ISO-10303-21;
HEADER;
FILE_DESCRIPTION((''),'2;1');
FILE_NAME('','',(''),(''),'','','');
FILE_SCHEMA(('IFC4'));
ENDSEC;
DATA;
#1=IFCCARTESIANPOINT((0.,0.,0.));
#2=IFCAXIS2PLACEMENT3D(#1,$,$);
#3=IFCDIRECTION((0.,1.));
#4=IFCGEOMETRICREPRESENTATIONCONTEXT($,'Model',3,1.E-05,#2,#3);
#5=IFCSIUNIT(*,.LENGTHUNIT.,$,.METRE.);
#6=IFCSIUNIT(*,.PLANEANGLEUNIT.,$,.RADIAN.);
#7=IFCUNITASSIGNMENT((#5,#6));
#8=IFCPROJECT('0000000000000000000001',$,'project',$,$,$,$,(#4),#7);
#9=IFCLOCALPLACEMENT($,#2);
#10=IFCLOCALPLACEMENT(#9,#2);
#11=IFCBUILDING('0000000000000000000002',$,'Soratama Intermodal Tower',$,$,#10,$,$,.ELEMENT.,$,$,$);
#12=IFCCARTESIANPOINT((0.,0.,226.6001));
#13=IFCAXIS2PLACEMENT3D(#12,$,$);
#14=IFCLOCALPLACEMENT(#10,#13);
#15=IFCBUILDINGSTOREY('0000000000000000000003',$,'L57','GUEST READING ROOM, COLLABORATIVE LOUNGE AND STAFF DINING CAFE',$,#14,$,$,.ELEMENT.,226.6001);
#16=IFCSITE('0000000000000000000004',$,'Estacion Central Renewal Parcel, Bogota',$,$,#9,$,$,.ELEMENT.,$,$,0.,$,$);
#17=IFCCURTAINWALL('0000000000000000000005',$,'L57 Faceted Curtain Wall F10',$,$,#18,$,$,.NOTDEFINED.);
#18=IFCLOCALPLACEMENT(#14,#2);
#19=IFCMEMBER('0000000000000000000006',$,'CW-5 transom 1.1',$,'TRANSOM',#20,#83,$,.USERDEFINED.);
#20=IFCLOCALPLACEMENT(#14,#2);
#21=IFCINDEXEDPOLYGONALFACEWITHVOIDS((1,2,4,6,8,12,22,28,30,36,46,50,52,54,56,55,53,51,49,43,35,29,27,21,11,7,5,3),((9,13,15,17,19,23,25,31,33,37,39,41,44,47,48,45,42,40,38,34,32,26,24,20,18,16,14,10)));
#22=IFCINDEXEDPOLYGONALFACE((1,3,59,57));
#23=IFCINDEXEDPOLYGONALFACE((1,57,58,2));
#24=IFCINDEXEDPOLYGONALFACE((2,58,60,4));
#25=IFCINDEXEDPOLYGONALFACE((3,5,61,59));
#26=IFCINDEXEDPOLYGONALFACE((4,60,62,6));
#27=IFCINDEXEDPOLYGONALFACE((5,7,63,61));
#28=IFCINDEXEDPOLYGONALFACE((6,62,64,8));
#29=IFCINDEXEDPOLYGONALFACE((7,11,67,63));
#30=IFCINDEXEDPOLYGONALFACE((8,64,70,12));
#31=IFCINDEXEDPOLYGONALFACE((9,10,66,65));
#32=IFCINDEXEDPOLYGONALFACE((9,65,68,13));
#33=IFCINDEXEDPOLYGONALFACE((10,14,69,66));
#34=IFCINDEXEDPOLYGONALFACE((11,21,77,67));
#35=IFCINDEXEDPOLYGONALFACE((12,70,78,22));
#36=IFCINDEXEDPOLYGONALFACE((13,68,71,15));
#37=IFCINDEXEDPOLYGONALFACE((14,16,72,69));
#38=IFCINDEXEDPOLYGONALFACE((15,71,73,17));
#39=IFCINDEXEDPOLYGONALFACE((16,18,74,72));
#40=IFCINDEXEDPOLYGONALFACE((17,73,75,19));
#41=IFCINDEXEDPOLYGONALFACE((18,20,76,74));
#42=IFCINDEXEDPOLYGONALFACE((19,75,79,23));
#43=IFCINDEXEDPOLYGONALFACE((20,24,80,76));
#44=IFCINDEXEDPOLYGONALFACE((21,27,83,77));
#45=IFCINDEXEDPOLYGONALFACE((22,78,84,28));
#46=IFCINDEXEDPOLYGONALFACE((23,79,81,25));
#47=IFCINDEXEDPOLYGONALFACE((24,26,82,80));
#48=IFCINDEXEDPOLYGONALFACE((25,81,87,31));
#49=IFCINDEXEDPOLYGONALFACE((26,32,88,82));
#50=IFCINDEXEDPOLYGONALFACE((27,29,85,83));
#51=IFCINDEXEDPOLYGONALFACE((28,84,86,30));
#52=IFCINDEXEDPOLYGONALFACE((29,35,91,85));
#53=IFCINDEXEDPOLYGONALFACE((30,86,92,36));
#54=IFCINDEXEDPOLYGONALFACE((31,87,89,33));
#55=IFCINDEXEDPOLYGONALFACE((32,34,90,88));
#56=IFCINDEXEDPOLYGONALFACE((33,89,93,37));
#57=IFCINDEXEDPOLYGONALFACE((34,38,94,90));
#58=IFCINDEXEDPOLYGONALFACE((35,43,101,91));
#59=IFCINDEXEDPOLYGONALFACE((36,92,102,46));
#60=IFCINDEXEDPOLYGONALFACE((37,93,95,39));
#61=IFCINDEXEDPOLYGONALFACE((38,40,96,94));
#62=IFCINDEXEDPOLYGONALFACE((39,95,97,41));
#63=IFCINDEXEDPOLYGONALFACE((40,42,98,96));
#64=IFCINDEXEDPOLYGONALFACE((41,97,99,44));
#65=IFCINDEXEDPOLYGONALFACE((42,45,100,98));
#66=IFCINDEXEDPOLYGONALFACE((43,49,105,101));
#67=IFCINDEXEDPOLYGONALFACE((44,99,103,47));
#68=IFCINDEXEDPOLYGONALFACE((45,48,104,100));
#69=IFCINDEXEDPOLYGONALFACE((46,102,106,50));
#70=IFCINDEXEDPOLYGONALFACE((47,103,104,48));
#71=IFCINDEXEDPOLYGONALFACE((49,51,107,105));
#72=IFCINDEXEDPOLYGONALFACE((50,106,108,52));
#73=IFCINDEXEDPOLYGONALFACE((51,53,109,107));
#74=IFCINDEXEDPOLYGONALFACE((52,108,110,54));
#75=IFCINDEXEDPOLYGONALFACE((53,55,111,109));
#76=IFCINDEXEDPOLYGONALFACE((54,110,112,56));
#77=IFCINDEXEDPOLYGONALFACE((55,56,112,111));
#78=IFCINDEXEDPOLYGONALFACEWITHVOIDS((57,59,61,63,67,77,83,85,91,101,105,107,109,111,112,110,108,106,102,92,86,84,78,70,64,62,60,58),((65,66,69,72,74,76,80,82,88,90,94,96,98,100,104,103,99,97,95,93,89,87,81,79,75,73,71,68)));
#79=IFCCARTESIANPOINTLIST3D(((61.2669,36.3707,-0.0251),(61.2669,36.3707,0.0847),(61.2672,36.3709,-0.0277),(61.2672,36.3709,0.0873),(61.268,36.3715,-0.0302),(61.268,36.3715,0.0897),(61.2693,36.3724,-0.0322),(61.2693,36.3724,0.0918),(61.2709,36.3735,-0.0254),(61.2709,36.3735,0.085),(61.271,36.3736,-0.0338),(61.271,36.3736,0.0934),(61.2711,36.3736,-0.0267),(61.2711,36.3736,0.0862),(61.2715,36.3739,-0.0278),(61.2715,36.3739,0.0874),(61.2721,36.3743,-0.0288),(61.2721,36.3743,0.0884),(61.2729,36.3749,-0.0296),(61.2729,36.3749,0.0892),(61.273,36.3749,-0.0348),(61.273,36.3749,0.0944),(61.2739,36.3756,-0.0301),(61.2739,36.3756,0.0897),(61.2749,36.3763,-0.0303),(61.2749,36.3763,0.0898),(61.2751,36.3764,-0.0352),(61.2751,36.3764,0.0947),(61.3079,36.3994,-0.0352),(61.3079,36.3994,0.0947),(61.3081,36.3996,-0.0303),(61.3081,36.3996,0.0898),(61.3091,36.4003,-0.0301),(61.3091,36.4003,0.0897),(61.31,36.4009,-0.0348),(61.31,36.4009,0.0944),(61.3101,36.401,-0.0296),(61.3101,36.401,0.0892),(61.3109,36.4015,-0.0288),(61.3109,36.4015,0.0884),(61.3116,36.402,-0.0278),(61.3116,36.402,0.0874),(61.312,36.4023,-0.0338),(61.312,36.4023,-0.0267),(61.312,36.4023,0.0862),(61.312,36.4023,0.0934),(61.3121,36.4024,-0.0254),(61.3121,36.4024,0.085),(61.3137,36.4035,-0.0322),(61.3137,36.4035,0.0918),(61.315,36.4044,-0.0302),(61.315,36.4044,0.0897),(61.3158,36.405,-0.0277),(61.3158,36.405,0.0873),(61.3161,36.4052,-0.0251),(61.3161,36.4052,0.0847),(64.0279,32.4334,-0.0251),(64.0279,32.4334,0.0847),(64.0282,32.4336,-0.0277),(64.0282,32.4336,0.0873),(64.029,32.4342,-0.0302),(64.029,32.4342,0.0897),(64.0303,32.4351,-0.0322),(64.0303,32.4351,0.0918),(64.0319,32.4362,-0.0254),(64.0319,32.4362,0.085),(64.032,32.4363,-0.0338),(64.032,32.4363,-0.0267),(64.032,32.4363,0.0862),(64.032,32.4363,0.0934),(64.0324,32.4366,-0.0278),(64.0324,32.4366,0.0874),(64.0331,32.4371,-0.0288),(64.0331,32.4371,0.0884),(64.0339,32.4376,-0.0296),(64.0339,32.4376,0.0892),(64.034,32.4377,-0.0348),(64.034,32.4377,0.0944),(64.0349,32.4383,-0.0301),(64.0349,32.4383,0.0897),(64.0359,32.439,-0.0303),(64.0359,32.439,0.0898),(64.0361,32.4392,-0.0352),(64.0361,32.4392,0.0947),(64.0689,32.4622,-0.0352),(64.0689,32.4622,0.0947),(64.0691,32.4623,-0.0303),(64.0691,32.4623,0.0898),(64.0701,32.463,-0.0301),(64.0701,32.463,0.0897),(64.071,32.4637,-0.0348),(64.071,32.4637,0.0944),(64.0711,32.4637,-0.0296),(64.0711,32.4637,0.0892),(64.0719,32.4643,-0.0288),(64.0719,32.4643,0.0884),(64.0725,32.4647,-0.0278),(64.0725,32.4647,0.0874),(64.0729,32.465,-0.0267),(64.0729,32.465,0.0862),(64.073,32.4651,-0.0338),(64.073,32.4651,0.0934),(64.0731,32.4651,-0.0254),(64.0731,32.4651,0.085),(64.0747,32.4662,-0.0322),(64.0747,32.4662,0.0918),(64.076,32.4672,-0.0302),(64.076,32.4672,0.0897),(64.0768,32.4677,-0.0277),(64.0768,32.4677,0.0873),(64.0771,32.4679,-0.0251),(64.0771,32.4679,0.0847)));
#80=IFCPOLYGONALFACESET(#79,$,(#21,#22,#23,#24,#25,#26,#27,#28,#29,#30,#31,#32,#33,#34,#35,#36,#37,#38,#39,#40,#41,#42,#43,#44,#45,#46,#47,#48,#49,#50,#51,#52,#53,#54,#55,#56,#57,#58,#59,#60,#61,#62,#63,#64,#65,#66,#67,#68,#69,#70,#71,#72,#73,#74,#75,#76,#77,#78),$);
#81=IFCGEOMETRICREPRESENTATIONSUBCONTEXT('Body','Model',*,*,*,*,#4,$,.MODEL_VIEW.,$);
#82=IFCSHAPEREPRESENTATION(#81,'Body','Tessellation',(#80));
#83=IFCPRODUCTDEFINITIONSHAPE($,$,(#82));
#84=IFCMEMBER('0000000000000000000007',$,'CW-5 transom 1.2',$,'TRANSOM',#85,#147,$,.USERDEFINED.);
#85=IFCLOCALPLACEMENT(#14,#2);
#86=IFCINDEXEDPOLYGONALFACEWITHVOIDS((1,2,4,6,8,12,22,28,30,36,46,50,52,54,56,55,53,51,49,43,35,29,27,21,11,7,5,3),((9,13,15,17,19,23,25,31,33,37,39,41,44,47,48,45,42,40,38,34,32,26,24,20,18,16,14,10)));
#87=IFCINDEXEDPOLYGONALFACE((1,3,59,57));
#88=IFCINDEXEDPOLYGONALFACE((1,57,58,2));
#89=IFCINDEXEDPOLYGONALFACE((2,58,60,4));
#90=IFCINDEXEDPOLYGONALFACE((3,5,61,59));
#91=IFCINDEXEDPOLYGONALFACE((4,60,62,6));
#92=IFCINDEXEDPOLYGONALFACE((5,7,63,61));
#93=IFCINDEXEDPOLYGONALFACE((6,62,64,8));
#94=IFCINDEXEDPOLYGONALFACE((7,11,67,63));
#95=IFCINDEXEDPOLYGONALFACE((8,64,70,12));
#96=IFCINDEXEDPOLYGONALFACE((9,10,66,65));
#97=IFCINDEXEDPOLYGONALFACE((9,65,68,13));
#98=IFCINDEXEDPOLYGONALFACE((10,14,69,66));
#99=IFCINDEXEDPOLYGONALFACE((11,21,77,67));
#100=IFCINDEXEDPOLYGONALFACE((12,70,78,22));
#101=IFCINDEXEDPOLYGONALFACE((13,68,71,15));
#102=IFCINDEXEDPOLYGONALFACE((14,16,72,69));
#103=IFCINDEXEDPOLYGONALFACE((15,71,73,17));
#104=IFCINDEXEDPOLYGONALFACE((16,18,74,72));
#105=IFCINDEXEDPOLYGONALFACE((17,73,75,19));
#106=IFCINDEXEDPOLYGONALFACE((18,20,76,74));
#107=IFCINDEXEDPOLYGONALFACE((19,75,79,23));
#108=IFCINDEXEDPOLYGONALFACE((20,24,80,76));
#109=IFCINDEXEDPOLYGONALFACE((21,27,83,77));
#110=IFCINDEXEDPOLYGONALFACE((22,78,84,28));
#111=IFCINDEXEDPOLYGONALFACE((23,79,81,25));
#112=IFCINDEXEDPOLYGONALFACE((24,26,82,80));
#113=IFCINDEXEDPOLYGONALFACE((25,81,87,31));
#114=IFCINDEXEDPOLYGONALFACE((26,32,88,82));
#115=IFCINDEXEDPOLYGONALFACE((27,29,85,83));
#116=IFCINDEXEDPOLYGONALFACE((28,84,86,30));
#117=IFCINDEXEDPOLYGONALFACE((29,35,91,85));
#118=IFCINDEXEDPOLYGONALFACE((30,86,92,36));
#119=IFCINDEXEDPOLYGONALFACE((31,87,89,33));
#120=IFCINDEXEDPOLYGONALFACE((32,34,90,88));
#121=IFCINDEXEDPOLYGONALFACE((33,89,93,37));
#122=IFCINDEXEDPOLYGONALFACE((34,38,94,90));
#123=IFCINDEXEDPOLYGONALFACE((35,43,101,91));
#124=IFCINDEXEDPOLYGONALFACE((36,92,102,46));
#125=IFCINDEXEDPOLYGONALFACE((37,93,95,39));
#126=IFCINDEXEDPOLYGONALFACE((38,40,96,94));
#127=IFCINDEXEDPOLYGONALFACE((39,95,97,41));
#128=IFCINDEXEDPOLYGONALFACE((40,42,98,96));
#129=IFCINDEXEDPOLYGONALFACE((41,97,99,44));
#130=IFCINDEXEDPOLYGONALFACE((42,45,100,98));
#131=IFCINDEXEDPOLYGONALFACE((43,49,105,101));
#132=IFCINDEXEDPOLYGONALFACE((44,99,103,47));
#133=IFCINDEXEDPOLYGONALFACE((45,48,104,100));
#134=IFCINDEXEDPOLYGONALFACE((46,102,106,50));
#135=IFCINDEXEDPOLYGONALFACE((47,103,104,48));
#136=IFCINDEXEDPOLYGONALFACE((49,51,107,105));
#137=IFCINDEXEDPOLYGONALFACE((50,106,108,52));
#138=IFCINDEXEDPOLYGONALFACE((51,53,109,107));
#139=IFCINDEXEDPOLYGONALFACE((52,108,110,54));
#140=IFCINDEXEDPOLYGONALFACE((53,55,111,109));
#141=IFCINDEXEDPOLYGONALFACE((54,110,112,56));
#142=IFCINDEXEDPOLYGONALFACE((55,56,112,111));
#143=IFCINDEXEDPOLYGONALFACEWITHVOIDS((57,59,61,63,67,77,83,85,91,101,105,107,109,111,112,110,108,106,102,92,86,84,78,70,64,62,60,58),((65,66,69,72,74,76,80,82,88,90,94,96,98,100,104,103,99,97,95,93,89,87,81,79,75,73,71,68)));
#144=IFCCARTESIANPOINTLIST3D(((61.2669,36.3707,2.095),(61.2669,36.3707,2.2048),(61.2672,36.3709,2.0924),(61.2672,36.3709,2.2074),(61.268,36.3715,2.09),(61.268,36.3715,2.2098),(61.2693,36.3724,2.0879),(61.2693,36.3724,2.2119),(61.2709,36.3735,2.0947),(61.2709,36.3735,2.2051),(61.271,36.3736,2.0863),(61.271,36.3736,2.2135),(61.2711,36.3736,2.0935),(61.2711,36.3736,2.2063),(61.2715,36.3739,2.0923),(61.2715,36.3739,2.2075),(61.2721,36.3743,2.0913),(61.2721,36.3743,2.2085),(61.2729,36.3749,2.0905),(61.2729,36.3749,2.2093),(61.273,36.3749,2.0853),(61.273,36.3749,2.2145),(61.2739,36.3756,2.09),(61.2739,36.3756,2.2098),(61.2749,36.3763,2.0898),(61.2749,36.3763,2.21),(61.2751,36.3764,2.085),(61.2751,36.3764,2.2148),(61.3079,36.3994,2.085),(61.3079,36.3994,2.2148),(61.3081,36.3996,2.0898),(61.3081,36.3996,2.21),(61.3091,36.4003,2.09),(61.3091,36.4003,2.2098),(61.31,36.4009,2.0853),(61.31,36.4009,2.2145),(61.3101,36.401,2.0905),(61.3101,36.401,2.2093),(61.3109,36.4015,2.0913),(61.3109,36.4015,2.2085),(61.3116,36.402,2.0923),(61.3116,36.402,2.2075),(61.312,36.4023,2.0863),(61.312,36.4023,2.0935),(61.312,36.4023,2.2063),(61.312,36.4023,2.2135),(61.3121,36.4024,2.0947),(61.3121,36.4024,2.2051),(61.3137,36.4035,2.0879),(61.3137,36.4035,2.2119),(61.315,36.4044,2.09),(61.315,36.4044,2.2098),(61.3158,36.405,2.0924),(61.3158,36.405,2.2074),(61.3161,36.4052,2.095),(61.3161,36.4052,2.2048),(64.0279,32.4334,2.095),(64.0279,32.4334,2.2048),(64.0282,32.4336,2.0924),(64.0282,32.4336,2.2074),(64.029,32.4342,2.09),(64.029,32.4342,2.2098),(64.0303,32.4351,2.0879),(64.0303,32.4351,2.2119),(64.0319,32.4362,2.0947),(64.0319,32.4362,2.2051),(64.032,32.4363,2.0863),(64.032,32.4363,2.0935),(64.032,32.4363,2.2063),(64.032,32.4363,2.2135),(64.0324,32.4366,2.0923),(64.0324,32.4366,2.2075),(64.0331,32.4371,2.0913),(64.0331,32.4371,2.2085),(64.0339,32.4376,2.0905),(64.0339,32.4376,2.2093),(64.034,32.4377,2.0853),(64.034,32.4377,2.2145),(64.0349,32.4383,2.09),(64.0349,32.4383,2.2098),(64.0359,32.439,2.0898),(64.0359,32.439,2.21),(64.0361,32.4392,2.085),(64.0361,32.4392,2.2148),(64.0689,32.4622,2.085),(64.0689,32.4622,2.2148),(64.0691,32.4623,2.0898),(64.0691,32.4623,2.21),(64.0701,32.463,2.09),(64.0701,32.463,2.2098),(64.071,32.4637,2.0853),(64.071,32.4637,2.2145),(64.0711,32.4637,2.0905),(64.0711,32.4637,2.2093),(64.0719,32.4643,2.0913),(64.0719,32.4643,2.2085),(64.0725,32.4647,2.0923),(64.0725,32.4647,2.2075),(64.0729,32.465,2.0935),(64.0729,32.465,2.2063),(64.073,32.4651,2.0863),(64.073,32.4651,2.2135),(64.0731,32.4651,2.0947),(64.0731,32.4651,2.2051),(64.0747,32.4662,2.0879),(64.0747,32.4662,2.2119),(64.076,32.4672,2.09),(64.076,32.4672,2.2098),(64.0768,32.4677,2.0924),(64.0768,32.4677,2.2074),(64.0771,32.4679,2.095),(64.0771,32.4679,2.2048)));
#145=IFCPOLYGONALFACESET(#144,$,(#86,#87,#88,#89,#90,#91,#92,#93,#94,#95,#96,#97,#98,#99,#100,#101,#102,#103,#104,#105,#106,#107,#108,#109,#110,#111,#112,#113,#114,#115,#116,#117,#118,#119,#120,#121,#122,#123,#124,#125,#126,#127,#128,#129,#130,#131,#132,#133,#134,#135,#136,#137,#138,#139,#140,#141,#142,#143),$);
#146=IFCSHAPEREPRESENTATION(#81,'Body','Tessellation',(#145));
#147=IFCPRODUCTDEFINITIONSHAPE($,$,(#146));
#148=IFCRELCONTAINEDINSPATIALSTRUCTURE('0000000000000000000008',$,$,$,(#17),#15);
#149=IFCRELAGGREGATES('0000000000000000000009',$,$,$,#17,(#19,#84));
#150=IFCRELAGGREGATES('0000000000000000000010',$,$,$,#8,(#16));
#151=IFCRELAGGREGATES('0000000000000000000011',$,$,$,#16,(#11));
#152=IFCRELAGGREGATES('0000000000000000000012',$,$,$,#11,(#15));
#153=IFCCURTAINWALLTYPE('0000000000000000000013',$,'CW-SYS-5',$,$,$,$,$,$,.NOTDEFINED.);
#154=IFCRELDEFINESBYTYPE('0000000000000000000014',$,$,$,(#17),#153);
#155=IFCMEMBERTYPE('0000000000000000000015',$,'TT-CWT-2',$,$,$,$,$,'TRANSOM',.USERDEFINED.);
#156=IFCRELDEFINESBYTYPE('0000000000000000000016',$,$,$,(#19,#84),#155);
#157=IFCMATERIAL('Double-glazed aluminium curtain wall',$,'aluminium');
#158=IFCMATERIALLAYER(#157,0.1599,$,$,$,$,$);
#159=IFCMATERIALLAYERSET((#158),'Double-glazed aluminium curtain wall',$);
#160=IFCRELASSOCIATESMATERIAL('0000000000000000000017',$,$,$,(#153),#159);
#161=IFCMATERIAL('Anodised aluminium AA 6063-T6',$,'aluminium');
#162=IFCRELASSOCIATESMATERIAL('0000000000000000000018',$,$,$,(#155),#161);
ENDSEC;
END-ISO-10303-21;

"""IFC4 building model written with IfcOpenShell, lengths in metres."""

from ifc_helpers import new_model, si_unit, direction, frame, origin, origin_2d, place, context, subcontext, project, spatial, hollow_rectangle, extrude, material, layer, layer_set, material_profile, profile_set, type_object, element, aggregate, save


model = new_model("IFC4")

# Units and contexts
model_context = context("Model", 3, precision=1e-05, world=origin(), true_north=direction((0.0, 1.0)))
body_context = subcontext(model_context, "Body", "Model", "MODEL_VIEW")
ifc_project = project(units=[si_unit("LENGTHUNIT", "METRE"), si_unit("PLANEANGLEUNIT", "RADIAN")], contexts=[model_context])

# Site, building, storey
site_placement = place(None, origin())
site = spatial("IfcSite", under=ifc_project, at=site_placement, Name="Estacion Central Renewal Parcel, Bogota", CompositionType="ELEMENT", RefElevation=0.0)
building_placement = place(site_placement, origin())
building = spatial("IfcBuilding", under=site, at=building_placement, Name="Soratama Intermodal Tower", CompositionType="ELEMENT")
storey_placement = place(building_placement, frame((0.0, 0.0, 226.6001)))
storey = spatial("IfcBuildingStorey", under=building, at=storey_placement, Name="L57", Description="GUEST READING ROOM, COLLABORATIVE LOUNGE AND STAFF DINING CAFE", CompositionType="ELEMENT", Elevation=226.6001)

# Curtain wall, members
ifc_material_1 = material(Name="Double-glazed aluminium curtain wall", Category="aluminium")
ifc_layer_1 = layer(ifc_material_1, 0.1599)
ifc_layer_set_1 = layer_set([ifc_layer_1], Name="Double-glazed aluminium curtain wall")
curtain_wall_type = type_object("IfcCurtainWallType", Name="CW-SYS-5", PredefinedType="NOTDEFINED", material=ifc_layer_set_1)
curtain_wall_placement = place(storey_placement, origin())
curtain_wall = element("IfcCurtainWall", 1, at=curtain_wall_placement, inside=storey, type_object=curtain_wall_type, Name="L57 Faceted Curtain Wall F10", PredefinedType="NOTDEFINED")
ifc_material_2 = material(Name="Anodised aluminium AA 6063-T6", Category="aluminium")
ifc_material_profile_1 = material_profile(ifc_material_2, hollow_rectangle(XDim=0.0601, YDim=0.1299, WallThickness=0.0049, InnerFilletRadius=0.0049, OuterFilletRadius=0.01, at=origin_2d()), Name="CWT130X60X5")
ifc_profile_set_1 = profile_set([ifc_material_profile_1], Name="Anodised aluminium AA 6063-T6")
member_type_1 = type_object("IfcMemberType", Name="TT-CWT-2", ElementType="TRANSOM", PredefinedType="USERDEFINED", material=ifc_profile_set_1)
member_1_placement = place(storey_placement, frame((64.0525, 32.4507, 0.0298), z_axis=(-0.574147, 0.818752, 0.0), x_axis=(-0.818752, -0.574147, 0.0)))
member_1 = element("IfcMember", 2, at=member_1_placement, type_object=member_type_1, Name="CW-5 transom 1.1", ObjectType="TRANSOM", PredefinedType="USERDEFINED", context=body_context, shape_type="SweptSolid", body=[
    extrude(hollow_rectangle(XDim=0.0601, YDim=0.1299, WallThickness=0.0049, InnerFilletRadius=0.0049, OuterFilletRadius=0.01, at=origin_2d()), origin(), (0.0, 0.0, 1.0), 4.8088),
])
member_2_placement = place(storey_placement, frame((64.0525, 32.4507, 2.1499), z_axis=(-0.574147, 0.818752, 0.0), x_axis=(-0.818752, -0.574147, 0.0)))
member_2 = element("IfcMember", 3, at=member_2_placement, type_object=member_type_1, Name="CW-5 transom 1.2", ObjectType="TRANSOM", PredefinedType="USERDEFINED", context=body_context, shape_type="SweptSolid", body=[
    extrude(hollow_rectangle(XDim=0.0601, YDim=0.1299, WallThickness=0.0049, InnerFilletRadius=0.0049, OuterFilletRadius=0.01, at=origin_2d()), origin(), (0.0, 0.0, 1.0), 4.8088),
])
aggregate(curtain_wall, [member_1, member_2])

save(model, "model.ifc")
